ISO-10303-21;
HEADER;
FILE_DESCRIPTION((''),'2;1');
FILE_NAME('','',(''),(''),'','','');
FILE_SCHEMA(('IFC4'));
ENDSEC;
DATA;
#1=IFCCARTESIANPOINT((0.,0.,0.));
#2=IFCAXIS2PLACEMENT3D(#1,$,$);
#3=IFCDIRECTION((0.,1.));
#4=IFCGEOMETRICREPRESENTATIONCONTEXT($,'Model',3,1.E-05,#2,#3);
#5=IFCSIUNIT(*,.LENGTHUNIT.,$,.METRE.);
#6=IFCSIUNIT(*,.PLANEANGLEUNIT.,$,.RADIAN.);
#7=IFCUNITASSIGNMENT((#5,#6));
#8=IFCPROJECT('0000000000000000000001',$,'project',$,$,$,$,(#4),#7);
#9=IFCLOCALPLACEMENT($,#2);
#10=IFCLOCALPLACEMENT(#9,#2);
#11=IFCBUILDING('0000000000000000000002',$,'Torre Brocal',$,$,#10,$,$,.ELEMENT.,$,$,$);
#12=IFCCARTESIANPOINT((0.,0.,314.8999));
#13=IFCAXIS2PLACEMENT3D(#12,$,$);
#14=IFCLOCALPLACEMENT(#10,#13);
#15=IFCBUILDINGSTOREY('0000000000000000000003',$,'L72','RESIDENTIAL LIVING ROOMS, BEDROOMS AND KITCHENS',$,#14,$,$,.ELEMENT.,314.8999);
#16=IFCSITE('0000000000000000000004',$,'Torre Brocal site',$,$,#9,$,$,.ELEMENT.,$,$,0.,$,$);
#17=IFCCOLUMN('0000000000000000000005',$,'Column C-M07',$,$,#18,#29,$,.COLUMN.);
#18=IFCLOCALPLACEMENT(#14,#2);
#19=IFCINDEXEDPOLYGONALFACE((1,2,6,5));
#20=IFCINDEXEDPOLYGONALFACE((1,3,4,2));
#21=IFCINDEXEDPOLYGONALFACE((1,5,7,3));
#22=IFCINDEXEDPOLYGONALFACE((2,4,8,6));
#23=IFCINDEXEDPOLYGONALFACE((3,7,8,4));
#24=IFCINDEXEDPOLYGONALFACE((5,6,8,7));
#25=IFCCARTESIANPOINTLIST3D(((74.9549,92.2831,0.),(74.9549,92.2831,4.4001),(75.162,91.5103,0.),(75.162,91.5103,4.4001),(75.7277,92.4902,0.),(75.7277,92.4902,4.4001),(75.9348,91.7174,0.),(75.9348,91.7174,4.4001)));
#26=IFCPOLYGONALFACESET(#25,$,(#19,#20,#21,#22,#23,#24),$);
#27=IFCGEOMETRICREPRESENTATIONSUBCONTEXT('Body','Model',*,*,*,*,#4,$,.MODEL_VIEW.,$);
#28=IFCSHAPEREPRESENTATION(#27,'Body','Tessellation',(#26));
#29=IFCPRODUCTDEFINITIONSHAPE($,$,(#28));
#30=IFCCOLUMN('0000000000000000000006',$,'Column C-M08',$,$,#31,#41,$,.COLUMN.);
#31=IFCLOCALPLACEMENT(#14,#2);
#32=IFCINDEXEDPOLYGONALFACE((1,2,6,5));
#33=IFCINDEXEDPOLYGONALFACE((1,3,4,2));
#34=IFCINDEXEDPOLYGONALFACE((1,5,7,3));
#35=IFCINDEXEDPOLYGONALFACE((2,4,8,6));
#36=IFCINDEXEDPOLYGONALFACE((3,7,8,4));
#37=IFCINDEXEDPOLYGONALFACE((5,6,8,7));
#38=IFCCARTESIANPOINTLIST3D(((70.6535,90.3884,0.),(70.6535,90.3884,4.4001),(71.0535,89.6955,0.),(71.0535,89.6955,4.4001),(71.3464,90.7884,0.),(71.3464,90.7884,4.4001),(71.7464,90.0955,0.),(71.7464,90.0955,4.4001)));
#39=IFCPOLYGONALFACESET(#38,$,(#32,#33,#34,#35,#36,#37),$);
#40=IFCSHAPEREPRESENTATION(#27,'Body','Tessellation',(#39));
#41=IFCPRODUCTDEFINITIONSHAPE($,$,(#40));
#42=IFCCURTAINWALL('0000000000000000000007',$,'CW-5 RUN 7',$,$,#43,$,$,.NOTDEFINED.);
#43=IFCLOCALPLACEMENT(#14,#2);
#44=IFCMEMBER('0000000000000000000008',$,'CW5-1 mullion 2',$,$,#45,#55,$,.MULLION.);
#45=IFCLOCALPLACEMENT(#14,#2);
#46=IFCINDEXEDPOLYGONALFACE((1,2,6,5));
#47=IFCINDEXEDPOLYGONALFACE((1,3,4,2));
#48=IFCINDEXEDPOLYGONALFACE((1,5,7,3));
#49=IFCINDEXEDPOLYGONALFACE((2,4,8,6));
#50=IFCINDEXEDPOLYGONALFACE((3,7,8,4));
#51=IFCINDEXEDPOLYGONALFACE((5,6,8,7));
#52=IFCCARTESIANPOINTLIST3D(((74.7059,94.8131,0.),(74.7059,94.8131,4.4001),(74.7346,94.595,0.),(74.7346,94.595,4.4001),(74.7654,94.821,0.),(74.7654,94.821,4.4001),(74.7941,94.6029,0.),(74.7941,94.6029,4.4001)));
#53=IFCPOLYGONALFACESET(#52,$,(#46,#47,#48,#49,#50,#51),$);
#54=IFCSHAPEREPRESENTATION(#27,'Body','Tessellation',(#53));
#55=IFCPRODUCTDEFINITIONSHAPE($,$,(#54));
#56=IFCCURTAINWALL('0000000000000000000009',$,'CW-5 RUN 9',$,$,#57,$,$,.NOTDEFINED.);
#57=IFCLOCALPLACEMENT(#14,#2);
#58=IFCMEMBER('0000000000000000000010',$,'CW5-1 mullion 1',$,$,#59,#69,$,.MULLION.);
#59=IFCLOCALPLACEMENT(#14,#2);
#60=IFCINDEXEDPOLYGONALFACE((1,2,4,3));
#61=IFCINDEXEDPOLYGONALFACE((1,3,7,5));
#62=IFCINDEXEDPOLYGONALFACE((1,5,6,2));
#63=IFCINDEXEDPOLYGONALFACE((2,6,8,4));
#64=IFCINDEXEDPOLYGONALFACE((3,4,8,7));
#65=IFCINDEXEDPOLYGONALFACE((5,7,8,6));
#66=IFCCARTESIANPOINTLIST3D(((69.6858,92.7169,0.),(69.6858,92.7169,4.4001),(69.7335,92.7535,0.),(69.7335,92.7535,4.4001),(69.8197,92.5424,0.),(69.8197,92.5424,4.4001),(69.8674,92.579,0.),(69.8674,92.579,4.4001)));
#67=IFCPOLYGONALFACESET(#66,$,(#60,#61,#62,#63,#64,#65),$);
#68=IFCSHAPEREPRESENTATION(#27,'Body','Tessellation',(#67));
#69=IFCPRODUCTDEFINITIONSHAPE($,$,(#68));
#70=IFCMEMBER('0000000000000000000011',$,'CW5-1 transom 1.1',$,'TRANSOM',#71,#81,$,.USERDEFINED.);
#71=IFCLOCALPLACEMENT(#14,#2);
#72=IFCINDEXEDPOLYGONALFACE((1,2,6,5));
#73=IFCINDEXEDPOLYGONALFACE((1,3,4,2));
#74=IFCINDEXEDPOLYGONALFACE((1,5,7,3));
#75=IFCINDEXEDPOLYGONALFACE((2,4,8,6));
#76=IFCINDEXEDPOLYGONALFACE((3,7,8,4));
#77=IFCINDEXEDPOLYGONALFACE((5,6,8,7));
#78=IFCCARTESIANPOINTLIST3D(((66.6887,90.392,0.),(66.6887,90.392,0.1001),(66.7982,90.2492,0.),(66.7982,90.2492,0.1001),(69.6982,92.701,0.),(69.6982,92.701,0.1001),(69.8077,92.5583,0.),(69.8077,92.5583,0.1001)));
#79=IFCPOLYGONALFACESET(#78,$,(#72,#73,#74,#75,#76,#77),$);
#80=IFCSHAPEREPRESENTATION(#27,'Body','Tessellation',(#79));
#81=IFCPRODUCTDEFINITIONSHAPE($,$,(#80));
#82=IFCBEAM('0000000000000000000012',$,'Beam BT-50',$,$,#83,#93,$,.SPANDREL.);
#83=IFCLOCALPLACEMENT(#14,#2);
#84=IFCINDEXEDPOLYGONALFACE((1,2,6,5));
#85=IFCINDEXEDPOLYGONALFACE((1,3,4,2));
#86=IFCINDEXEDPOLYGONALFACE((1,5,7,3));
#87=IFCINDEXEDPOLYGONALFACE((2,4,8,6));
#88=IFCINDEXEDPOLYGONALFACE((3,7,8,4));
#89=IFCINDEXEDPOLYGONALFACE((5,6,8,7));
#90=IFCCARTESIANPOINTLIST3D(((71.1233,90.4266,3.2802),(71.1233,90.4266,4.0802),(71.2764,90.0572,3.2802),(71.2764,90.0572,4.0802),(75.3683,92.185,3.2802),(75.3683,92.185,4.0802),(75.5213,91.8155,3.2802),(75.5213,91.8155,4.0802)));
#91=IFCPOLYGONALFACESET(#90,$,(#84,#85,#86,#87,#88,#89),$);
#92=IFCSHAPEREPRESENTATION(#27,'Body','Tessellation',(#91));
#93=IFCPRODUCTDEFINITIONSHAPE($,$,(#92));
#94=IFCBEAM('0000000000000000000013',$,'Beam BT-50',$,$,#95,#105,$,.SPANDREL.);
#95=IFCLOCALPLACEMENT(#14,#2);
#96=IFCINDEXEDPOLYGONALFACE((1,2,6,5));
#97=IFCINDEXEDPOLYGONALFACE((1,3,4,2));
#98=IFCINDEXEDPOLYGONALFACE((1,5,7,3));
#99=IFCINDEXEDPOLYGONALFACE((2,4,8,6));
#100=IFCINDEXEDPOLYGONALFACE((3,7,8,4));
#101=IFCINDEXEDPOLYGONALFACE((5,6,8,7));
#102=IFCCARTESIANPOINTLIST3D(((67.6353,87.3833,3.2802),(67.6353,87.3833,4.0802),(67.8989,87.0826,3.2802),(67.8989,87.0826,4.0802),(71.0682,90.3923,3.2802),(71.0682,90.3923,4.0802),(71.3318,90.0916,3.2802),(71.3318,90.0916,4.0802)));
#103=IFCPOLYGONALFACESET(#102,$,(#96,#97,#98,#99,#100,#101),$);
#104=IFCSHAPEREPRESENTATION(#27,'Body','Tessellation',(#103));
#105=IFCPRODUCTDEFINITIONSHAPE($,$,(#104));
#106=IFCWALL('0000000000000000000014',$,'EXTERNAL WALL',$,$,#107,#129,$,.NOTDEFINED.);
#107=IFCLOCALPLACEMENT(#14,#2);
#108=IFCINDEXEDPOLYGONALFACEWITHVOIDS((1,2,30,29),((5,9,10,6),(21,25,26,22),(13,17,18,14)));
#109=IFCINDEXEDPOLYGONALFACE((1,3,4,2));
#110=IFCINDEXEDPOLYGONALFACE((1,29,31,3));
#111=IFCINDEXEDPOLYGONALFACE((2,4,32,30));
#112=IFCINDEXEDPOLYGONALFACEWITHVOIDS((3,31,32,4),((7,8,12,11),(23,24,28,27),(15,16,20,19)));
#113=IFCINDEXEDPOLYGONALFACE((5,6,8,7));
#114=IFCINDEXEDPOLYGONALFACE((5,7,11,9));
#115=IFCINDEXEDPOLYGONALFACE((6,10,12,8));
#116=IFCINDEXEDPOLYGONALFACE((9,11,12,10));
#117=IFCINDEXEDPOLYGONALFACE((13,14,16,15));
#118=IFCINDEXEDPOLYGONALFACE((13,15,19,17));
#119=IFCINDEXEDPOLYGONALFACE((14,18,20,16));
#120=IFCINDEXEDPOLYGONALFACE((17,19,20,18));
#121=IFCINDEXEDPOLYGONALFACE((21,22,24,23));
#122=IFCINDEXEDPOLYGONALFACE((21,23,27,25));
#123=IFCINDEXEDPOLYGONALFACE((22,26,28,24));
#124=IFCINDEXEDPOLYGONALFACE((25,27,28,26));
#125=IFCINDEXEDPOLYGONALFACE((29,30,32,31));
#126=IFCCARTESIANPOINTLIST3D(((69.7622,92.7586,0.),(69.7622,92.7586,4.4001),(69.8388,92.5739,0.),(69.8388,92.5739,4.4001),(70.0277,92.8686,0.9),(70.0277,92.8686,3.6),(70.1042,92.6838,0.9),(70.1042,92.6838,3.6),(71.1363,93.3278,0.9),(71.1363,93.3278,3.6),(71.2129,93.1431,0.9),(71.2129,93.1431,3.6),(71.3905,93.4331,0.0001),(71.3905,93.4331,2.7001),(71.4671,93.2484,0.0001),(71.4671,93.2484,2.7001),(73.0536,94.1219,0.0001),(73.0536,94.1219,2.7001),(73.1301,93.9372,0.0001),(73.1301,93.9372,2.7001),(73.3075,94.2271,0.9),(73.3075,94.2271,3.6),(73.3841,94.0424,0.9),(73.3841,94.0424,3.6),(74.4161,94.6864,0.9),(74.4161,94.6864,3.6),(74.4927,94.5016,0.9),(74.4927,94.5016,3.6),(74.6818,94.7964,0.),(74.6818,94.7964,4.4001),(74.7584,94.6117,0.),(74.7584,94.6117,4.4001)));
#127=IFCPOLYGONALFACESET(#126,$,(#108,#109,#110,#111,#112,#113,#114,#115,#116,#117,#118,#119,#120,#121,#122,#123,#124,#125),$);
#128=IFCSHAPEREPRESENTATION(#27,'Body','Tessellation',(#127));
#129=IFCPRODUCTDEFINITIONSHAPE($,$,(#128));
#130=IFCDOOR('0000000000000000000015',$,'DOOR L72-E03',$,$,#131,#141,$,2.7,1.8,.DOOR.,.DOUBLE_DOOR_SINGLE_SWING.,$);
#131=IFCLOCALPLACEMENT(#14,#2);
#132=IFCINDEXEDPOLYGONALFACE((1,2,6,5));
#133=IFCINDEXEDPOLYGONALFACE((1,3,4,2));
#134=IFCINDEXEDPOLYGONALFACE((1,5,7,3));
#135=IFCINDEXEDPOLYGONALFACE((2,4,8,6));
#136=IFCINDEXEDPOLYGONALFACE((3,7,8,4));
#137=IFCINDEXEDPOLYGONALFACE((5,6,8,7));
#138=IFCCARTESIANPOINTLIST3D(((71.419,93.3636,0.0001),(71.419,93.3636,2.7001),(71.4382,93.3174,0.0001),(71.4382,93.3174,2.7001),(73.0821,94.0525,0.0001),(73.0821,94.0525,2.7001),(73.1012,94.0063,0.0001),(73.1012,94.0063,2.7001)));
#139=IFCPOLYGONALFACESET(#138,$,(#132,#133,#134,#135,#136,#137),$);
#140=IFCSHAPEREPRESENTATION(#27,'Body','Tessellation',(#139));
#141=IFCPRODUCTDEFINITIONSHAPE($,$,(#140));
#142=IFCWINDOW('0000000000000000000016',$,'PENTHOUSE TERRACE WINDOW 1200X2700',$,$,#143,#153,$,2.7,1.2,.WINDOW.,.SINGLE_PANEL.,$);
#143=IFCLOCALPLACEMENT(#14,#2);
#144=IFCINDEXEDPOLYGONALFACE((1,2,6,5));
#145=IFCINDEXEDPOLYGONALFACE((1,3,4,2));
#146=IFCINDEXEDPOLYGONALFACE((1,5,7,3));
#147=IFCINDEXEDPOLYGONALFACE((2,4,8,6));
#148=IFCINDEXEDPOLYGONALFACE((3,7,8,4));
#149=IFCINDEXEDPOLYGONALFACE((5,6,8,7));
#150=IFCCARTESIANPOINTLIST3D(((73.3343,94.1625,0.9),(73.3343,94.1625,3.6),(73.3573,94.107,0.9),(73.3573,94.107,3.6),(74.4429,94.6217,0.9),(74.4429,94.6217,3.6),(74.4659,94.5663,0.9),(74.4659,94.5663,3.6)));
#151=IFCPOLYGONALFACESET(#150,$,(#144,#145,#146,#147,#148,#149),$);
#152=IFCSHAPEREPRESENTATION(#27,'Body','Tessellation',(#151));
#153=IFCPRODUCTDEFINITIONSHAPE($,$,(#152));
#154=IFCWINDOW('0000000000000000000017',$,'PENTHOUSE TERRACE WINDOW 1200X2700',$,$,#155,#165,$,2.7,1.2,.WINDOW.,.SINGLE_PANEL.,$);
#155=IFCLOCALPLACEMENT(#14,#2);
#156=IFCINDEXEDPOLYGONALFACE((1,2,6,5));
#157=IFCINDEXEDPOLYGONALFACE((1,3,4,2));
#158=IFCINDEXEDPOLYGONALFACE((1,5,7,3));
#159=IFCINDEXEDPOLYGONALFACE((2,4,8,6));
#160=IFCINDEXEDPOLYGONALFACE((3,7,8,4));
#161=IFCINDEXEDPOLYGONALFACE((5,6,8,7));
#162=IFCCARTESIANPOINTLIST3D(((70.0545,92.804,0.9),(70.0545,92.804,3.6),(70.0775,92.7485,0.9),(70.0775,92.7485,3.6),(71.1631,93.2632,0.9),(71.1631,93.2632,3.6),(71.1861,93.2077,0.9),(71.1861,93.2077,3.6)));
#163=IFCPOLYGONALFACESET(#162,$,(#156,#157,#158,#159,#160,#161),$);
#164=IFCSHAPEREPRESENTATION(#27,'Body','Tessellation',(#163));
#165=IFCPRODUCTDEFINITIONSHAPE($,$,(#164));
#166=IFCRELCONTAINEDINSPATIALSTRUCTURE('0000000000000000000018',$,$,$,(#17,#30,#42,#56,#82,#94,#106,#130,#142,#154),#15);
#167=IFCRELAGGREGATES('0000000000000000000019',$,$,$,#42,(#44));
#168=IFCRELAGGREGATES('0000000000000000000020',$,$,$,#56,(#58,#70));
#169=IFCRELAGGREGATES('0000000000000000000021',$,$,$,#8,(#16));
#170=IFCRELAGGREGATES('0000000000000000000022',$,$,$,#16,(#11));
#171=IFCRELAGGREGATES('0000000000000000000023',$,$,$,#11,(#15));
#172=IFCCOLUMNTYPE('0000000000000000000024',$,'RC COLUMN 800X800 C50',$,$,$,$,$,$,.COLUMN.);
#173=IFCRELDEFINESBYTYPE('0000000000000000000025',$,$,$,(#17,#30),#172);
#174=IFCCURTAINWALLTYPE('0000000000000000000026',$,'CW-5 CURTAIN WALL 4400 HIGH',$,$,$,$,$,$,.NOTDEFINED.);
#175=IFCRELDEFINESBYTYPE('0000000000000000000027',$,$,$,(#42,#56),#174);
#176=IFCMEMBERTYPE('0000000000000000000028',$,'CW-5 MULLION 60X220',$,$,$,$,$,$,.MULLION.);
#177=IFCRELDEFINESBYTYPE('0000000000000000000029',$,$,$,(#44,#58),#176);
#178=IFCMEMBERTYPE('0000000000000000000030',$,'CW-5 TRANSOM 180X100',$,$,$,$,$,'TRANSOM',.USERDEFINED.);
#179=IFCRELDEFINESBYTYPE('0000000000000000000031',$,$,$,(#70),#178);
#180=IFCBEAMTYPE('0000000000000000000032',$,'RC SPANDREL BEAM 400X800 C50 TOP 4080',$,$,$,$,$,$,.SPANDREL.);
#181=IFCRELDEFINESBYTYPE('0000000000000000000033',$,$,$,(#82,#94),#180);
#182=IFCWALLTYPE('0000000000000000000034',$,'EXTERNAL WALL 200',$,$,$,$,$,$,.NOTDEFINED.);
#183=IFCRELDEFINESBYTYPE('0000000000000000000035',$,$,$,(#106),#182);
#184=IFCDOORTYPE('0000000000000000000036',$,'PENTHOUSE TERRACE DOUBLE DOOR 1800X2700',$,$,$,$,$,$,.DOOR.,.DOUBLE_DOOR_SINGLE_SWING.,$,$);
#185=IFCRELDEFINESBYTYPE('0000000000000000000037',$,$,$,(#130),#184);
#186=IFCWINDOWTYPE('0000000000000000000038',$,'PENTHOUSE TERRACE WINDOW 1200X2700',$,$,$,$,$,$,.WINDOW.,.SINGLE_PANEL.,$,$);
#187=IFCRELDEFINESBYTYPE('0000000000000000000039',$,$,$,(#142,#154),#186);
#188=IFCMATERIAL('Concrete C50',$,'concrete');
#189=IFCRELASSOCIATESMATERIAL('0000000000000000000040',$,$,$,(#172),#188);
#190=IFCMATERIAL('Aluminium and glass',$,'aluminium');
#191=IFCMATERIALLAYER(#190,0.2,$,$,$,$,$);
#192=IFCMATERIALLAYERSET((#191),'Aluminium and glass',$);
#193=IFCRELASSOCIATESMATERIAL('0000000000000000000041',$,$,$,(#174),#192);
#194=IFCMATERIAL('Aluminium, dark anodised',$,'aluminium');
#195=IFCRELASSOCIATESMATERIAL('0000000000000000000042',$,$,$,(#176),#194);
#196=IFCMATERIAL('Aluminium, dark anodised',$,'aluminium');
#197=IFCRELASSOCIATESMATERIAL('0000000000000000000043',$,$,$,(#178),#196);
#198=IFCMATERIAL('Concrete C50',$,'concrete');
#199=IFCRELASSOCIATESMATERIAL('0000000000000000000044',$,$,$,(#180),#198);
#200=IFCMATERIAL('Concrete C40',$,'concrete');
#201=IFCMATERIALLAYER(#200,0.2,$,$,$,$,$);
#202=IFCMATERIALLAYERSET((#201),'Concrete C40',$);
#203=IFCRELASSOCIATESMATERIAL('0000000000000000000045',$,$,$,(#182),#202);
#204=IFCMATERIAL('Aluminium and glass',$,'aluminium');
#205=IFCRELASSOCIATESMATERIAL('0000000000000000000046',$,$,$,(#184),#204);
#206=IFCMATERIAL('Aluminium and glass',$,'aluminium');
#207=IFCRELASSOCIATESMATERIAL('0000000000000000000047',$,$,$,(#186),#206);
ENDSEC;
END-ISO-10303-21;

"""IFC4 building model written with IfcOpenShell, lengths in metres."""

from ifc_helpers import new_model, si_unit, direction, frame, frame_2d, origin, origin_2d, place, context, subcontext, project, spatial, rectangle, extrude, material, layer, layer_set, material_profile, profile_set, type_object, element, fill, aggregate, save


model = new_model("IFC4")

# Units and contexts
model_context = context("Model", 3, precision=1e-05, world=origin(), true_north=direction((0.0, 1.0)))
body_context = subcontext(model_context, "Body", "Model", "MODEL_VIEW")
ifc_project = project(units=[si_unit("LENGTHUNIT", "METRE"), si_unit("PLANEANGLEUNIT", "RADIAN")], contexts=[model_context])

# Site, building, storey
site_placement = place(None, origin())
site = spatial("IfcSite", under=ifc_project, at=site_placement, Name="Torre Brocal site", CompositionType="ELEMENT", RefElevation=0.0)
building_placement = place(site_placement, origin())
building = spatial("IfcBuilding", under=site, at=building_placement, Name="Torre Brocal", CompositionType="ELEMENT")
storey_placement = place(building_placement, frame((0.0, 0.0, 314.8999)))
storey = spatial("IfcBuildingStorey", under=building, at=storey_placement, Name="L72", Description="RESIDENTIAL LIVING ROOMS, BEDROOMS AND KITCHENS", CompositionType="ELEMENT", Elevation=314.8999)

# Columns
ifc_material_1 = material(Name="Concrete C50", Category="concrete")
ifc_material_profile_1 = material_profile(ifc_material_1, rectangle(XDim=0.8, YDim=0.8, at=origin_2d()), Name="RC 800X800")
ifc_profile_set_1 = profile_set([ifc_material_profile_1], Name="Concrete C50")
column_type = type_object("IfcColumnType", Name="RC COLUMN 800X800 C50", PredefinedType="COLUMN", material=ifc_profile_set_1)
for number, where, z_axis, x_axis, name in (
    (1, (75.4448, 92.0002, 0.0), (0.0, 0.0, 1.0), (-0.258819, 0.965926, 0.0), "Column C-M07"),
    (2, (71.2, 90.2419, 0.0), (0.0, 0.0, 1.0), (-0.5, 0.866025, 0.0), "Column C-M08"),
):
    element("IfcColumn", number, at=place(storey_placement, frame(where, z_axis=z_axis, x_axis=x_axis)), inside=storey, type_object=column_type, Name=name, PredefinedType="COLUMN", context=body_context, shape_type="SweptSolid", body=[
        extrude(rectangle(XDim=0.8, YDim=0.8, at=origin_2d()), origin(), (0.0, 0.0, 1.0), 4.4001),
    ])

# Curtain wall, member
ifc_material_2 = material(Name="Aluminium and glass", Category="aluminium")
ifc_layer_1 = layer(ifc_material_2, 0.2)
ifc_layer_set_1 = layer_set([ifc_layer_1], Name="Aluminium and glass")
curtain_wall_type = type_object("IfcCurtainWallType", Name="CW-5 CURTAIN WALL 4400 HIGH", PredefinedType="NOTDEFINED", material=ifc_layer_set_1)
curtain_wall_1_placement = place(storey_placement, origin())
curtain_wall_1 = element("IfcCurtainWall", 3, at=curtain_wall_1_placement, inside=storey, type_object=curtain_wall_type, Name="CW-5 RUN 7", PredefinedType="NOTDEFINED")
ifc_material_3 = material(Name="Aluminium, dark anodised", Category="aluminium")
ifc_material_profile_2 = material_profile(ifc_material_3, rectangle(XDim=0.22, YDim=0.0601, at=origin_2d()), Name="CW-5 MULLION 60X220")
ifc_profile_set_2 = profile_set([ifc_material_profile_2], Name="Aluminium, dark anodised")
member_type_1 = type_object("IfcMemberType", Name="CW-5 MULLION 60X220", PredefinedType="MULLION", material=ifc_profile_set_2)
member_1_placement = place(storey_placement, frame((74.75, 94.708, 0.0), z_axis=(0.0, 0.0, 1.0), x_axis=(0.130526, -0.991445, 0.0)))
member_1 = element("IfcMember", 4, at=member_1_placement, type_object=member_type_1, Name="CW5-1 mullion 2", PredefinedType="MULLION", context=body_context, shape_type="SweptSolid", body=[
    extrude(rectangle(XDim=0.22, YDim=0.0601, at=origin_2d()), origin(), (0.0, 0.0, 1.0), 4.4001),
])
aggregate(curtain_wall_1, [member_1])

# Curtain wall, members
curtain_wall_2_placement = place(storey_placement, origin())
curtain_wall_2 = element("IfcCurtainWall", 5, at=curtain_wall_2_placement, inside=storey, type_object=curtain_wall_type, Name="CW-5 RUN 9", PredefinedType="NOTDEFINED")
member_2_placement = place(storey_placement, frame((69.7766, 92.6479, 0.0), z_axis=(0.0, 0.0, 1.0), x_axis=(0.608761, -0.793353, 0.0)))
member_2 = element("IfcMember", 6, at=member_2_placement, type_object=member_type_1, Name="CW5-1 mullion 1", PredefinedType="MULLION", context=body_context, shape_type="SweptSolid", body=[
    extrude(rectangle(XDim=0.22, YDim=0.0601, at=origin_2d()), origin(), (0.0, 0.0, 1.0), 4.4001),
])
ifc_material_4 = material(Name="Aluminium, dark anodised", Category="aluminium")
ifc_material_profile_3 = material_profile(ifc_material_4, rectangle(XDim=0.1799, YDim=0.1001, at=origin_2d()), Name="CW-5 TRANSOM 180X100")
ifc_profile_set_3 = profile_set([ifc_material_profile_3], Name="Aluminium, dark anodised")
member_type_2 = type_object("IfcMemberType", Name="CW-5 TRANSOM 180X100", ElementType="TRANSOM", PredefinedType="USERDEFINED", material=ifc_profile_set_3)
member_3_placement = place(storey_placement, frame((69.7529, 92.6296, 0.05), z_axis=(-0.793379, -0.608727, 0.0), x_axis=(0.608727, -0.793379, 0.0)))
member_3 = element("IfcMember", 7, at=member_3_placement, type_object=member_type_2, Name="CW5-1 transom 1.1", ObjectType="TRANSOM", PredefinedType="USERDEFINED", context=body_context, shape_type="SweptSolid", body=[
    extrude(rectangle(XDim=0.1799, YDim=0.1001, at=origin_2d()), origin(), (0.0, 0.0, 1.0), 3.7932),
])
aggregate(curtain_wall_2, [member_2, member_3])

# Beams
ifc_material_5 = material(Name="Concrete C50", Category="concrete")
ifc_material_profile_4 = material_profile(ifc_material_5, rectangle(XDim=0.3999, YDim=0.8, at=origin_2d()), Name="RC 400X800")
ifc_profile_set_4 = profile_set([ifc_material_profile_4], Name="Concrete C50")
beam_type = type_object("IfcBeamType", Name="RC SPANDREL BEAM 400X800 C50 TOP 4080", PredefinedType="SPANDREL", material=ifc_profile_set_4)
beam_1_placement = place(storey_placement, frame((75.4448, 92.0002, 3.6802), z_axis=(-0.923878, -0.382687, 0.0), x_axis=(0.382687, -0.923878, 0.0)))
element("IfcBeam", 8, at=beam_1_placement, inside=storey, type_object=beam_type, Name="Beam BT-50", PredefinedType="SPANDREL", context=body_context, shape_type="SweptSolid", body=[
    extrude(rectangle(XDim=0.3999, YDim=0.8, at=origin_2d()), origin(), (0.0, 0.0, 1.0), 4.5947),
])
beam_2_placement = place(storey_placement, frame((71.2, 90.2419, 3.6802), z_axis=(-0.752003, -0.659159, 0.0), x_axis=(0.659159, -0.752003, 0.0)))
element("IfcBeam", 9, at=beam_2_placement, inside=storey, type_object=beam_type, Name="Beam BT-50", PredefinedType="SPANDREL", context=body_context, shape_type="SweptSolid", body=[
    extrude(rectangle(XDim=0.3999, YDim=0.8, at=origin_2d()), origin(), (0.0, 0.0, 1.0), 4.5649),
])

# Wall, openings, door, windows
ifc_material_6 = material(Name="Concrete C40", Category="concrete")
ifc_layer_2 = layer(ifc_material_6, 0.2)
ifc_layer_set_2 = layer_set([ifc_layer_2], Name="Concrete C40")
wall_type_1 = type_object("IfcWallType", Name="EXTERNAL WALL 200", PredefinedType="NOTDEFINED", material=ifc_layer_set_2)
wall_1_placement = place(storey_placement, frame((74.7202, 94.7041, 0.0), z_axis=(0.0, 0.0, 1.0), x_axis=(-0.923877, -0.382691, 0.0)))
wall_1 = element("IfcWall", 10, at=wall_1_placement, inside=storey, type_object=wall_type_1, Name="EXTERNAL WALL", PredefinedType="NOTDEFINED", context=body_context, shape_type="SweptSolid", body=[
    extrude(rectangle(XDim=5.325, YDim=0.2, at=frame_2d((2.6626, 0.0))), origin(), (0.0, 0.0, 1.0), 4.4001),
])
opening_1_placement = place(wall_1_placement, frame((0.2876, 0.0, 0.8999)))
opening_1 = element("IfcOpeningElement", 11, at=opening_1_placement, cuts=wall_1, PredefinedType="OPENING", context=body_context, shape_type="SweptSolid", body=[
    extrude(rectangle(XDim=1.2, YDim=2.7, at=frame_2d((0.6001, 1.3501))), frame((0.0, 0.1099, 0.0), z_axis=(0.0, -1.0, 0.0), x_axis=(1.0, 0.0, 0.0)), (0.0, 0.0, 1.0), 0.22),
])
opening_2_placement = place(wall_1_placement, frame((1.7627, 0.0, 0.0)))
opening_2 = element("IfcOpeningElement", 12, at=opening_2_placement, cuts=wall_1, PredefinedType="OPENING", context=body_context, shape_type="SweptSolid", body=[
    extrude(rectangle(XDim=1.8, YDim=2.7, at=frame_2d((0.8999, 1.3501))), frame((0.0, 0.1099, 0.0), z_axis=(0.0, -1.0, 0.0), x_axis=(1.0, 0.0, 0.0)), (0.0, 0.0, 1.0), 0.22),
])
opening_3_placement = place(wall_1_placement, frame((3.8376, 0.0, 0.8999)))
opening_3 = element("IfcOpeningElement", 13, at=opening_3_placement, cuts=wall_1, PredefinedType="OPENING", context=body_context, shape_type="SweptSolid", body=[
    extrude(rectangle(XDim=1.2, YDim=2.7, at=frame_2d((0.6001, 1.3501))), frame((0.0, 0.1099, 0.0), z_axis=(0.0, -1.0, 0.0), x_axis=(1.0, 0.0, 0.0)), (0.0, 0.0, 1.0), 0.22),
])
ifc_material_7 = material(Name="Aluminium and glass", Category="aluminium")
door_type_1 = type_object("IfcDoorType", Name="PENTHOUSE TERRACE DOUBLE DOOR 1800X2700", OperationType="DOUBLE_DOOR_SINGLE_SWING", PredefinedType="DOOR", material=ifc_material_7)
door_1_placement = place(opening_2_placement, frame((1.8, 0.0, 0.0), z_axis=(0.0, 0.0, 1.0), x_axis=(-1.0, 0.0, 0.0)))
door_1 = element("IfcDoor", 14, at=door_1_placement, inside=storey, type_object=door_type_1, Name="DOOR L72-E03", OperationType="DOUBLE_DOOR_SINGLE_SWING", OverallHeight=2.7, OverallWidth=1.8, PredefinedType="DOOR", context=body_context, shape_type="SweptSolid", body=[
    extrude(rectangle(XDim=1.8, YDim=2.7, at=frame_2d((0.8999, 1.3501))), frame((0.0, 0.0249, 0.0), z_axis=(0.0, -1.0, 0.0), x_axis=(1.0, 0.0, 0.0)), (0.0, 0.0, 1.0), 0.05),
])
fill(opening_2, door_1)
ifc_material_8 = material(Name="Aluminium and glass", Category="aluminium")
window_type = type_object("IfcWindowType", Name="PENTHOUSE TERRACE WINDOW 1200X2700", PartitioningType="SINGLE_PANEL", PredefinedType="WINDOW", material=ifc_material_8)
window_1_placement = place(opening_1_placement, origin())
window_1 = element("IfcWindow", 15, at=window_1_placement, inside=storey, type_object=window_type, Name="PENTHOUSE TERRACE WINDOW 1200X2700", OverallHeight=2.7, OverallWidth=1.2, PartitioningType="SINGLE_PANEL", PredefinedType="WINDOW", context=body_context, shape_type="SweptSolid", body=[
    extrude(rectangle(XDim=1.2, YDim=2.7, at=frame_2d((0.6001, 1.3501))), frame((0.0, 0.03, 0.0), z_axis=(0.0, -1.0, 0.0), x_axis=(1.0, 0.0, 0.0)), (0.0, 0.0, 1.0), 0.0601),
])
fill(opening_1, window_1)
window_2_placement = place(opening_3_placement, origin())
window_2 = element("IfcWindow", 16, at=window_2_placement, inside=storey, type_object=window_type, Name="PENTHOUSE TERRACE WINDOW 1200X2700", OverallHeight=2.7, OverallWidth=1.2, PartitioningType="SINGLE_PANEL", PredefinedType="WINDOW", context=body_context, shape_type="SweptSolid", body=[
    extrude(rectangle(XDim=1.2, YDim=2.7, at=frame_2d((0.6001, 1.3501))), frame((0.0, 0.03, 0.0), z_axis=(0.0, -1.0, 0.0), x_axis=(1.0, 0.0, 0.0)), (0.0, 0.0, 1.0), 0.0601),
])
fill(opening_3, window_2)

save(model, "model.ifc")
